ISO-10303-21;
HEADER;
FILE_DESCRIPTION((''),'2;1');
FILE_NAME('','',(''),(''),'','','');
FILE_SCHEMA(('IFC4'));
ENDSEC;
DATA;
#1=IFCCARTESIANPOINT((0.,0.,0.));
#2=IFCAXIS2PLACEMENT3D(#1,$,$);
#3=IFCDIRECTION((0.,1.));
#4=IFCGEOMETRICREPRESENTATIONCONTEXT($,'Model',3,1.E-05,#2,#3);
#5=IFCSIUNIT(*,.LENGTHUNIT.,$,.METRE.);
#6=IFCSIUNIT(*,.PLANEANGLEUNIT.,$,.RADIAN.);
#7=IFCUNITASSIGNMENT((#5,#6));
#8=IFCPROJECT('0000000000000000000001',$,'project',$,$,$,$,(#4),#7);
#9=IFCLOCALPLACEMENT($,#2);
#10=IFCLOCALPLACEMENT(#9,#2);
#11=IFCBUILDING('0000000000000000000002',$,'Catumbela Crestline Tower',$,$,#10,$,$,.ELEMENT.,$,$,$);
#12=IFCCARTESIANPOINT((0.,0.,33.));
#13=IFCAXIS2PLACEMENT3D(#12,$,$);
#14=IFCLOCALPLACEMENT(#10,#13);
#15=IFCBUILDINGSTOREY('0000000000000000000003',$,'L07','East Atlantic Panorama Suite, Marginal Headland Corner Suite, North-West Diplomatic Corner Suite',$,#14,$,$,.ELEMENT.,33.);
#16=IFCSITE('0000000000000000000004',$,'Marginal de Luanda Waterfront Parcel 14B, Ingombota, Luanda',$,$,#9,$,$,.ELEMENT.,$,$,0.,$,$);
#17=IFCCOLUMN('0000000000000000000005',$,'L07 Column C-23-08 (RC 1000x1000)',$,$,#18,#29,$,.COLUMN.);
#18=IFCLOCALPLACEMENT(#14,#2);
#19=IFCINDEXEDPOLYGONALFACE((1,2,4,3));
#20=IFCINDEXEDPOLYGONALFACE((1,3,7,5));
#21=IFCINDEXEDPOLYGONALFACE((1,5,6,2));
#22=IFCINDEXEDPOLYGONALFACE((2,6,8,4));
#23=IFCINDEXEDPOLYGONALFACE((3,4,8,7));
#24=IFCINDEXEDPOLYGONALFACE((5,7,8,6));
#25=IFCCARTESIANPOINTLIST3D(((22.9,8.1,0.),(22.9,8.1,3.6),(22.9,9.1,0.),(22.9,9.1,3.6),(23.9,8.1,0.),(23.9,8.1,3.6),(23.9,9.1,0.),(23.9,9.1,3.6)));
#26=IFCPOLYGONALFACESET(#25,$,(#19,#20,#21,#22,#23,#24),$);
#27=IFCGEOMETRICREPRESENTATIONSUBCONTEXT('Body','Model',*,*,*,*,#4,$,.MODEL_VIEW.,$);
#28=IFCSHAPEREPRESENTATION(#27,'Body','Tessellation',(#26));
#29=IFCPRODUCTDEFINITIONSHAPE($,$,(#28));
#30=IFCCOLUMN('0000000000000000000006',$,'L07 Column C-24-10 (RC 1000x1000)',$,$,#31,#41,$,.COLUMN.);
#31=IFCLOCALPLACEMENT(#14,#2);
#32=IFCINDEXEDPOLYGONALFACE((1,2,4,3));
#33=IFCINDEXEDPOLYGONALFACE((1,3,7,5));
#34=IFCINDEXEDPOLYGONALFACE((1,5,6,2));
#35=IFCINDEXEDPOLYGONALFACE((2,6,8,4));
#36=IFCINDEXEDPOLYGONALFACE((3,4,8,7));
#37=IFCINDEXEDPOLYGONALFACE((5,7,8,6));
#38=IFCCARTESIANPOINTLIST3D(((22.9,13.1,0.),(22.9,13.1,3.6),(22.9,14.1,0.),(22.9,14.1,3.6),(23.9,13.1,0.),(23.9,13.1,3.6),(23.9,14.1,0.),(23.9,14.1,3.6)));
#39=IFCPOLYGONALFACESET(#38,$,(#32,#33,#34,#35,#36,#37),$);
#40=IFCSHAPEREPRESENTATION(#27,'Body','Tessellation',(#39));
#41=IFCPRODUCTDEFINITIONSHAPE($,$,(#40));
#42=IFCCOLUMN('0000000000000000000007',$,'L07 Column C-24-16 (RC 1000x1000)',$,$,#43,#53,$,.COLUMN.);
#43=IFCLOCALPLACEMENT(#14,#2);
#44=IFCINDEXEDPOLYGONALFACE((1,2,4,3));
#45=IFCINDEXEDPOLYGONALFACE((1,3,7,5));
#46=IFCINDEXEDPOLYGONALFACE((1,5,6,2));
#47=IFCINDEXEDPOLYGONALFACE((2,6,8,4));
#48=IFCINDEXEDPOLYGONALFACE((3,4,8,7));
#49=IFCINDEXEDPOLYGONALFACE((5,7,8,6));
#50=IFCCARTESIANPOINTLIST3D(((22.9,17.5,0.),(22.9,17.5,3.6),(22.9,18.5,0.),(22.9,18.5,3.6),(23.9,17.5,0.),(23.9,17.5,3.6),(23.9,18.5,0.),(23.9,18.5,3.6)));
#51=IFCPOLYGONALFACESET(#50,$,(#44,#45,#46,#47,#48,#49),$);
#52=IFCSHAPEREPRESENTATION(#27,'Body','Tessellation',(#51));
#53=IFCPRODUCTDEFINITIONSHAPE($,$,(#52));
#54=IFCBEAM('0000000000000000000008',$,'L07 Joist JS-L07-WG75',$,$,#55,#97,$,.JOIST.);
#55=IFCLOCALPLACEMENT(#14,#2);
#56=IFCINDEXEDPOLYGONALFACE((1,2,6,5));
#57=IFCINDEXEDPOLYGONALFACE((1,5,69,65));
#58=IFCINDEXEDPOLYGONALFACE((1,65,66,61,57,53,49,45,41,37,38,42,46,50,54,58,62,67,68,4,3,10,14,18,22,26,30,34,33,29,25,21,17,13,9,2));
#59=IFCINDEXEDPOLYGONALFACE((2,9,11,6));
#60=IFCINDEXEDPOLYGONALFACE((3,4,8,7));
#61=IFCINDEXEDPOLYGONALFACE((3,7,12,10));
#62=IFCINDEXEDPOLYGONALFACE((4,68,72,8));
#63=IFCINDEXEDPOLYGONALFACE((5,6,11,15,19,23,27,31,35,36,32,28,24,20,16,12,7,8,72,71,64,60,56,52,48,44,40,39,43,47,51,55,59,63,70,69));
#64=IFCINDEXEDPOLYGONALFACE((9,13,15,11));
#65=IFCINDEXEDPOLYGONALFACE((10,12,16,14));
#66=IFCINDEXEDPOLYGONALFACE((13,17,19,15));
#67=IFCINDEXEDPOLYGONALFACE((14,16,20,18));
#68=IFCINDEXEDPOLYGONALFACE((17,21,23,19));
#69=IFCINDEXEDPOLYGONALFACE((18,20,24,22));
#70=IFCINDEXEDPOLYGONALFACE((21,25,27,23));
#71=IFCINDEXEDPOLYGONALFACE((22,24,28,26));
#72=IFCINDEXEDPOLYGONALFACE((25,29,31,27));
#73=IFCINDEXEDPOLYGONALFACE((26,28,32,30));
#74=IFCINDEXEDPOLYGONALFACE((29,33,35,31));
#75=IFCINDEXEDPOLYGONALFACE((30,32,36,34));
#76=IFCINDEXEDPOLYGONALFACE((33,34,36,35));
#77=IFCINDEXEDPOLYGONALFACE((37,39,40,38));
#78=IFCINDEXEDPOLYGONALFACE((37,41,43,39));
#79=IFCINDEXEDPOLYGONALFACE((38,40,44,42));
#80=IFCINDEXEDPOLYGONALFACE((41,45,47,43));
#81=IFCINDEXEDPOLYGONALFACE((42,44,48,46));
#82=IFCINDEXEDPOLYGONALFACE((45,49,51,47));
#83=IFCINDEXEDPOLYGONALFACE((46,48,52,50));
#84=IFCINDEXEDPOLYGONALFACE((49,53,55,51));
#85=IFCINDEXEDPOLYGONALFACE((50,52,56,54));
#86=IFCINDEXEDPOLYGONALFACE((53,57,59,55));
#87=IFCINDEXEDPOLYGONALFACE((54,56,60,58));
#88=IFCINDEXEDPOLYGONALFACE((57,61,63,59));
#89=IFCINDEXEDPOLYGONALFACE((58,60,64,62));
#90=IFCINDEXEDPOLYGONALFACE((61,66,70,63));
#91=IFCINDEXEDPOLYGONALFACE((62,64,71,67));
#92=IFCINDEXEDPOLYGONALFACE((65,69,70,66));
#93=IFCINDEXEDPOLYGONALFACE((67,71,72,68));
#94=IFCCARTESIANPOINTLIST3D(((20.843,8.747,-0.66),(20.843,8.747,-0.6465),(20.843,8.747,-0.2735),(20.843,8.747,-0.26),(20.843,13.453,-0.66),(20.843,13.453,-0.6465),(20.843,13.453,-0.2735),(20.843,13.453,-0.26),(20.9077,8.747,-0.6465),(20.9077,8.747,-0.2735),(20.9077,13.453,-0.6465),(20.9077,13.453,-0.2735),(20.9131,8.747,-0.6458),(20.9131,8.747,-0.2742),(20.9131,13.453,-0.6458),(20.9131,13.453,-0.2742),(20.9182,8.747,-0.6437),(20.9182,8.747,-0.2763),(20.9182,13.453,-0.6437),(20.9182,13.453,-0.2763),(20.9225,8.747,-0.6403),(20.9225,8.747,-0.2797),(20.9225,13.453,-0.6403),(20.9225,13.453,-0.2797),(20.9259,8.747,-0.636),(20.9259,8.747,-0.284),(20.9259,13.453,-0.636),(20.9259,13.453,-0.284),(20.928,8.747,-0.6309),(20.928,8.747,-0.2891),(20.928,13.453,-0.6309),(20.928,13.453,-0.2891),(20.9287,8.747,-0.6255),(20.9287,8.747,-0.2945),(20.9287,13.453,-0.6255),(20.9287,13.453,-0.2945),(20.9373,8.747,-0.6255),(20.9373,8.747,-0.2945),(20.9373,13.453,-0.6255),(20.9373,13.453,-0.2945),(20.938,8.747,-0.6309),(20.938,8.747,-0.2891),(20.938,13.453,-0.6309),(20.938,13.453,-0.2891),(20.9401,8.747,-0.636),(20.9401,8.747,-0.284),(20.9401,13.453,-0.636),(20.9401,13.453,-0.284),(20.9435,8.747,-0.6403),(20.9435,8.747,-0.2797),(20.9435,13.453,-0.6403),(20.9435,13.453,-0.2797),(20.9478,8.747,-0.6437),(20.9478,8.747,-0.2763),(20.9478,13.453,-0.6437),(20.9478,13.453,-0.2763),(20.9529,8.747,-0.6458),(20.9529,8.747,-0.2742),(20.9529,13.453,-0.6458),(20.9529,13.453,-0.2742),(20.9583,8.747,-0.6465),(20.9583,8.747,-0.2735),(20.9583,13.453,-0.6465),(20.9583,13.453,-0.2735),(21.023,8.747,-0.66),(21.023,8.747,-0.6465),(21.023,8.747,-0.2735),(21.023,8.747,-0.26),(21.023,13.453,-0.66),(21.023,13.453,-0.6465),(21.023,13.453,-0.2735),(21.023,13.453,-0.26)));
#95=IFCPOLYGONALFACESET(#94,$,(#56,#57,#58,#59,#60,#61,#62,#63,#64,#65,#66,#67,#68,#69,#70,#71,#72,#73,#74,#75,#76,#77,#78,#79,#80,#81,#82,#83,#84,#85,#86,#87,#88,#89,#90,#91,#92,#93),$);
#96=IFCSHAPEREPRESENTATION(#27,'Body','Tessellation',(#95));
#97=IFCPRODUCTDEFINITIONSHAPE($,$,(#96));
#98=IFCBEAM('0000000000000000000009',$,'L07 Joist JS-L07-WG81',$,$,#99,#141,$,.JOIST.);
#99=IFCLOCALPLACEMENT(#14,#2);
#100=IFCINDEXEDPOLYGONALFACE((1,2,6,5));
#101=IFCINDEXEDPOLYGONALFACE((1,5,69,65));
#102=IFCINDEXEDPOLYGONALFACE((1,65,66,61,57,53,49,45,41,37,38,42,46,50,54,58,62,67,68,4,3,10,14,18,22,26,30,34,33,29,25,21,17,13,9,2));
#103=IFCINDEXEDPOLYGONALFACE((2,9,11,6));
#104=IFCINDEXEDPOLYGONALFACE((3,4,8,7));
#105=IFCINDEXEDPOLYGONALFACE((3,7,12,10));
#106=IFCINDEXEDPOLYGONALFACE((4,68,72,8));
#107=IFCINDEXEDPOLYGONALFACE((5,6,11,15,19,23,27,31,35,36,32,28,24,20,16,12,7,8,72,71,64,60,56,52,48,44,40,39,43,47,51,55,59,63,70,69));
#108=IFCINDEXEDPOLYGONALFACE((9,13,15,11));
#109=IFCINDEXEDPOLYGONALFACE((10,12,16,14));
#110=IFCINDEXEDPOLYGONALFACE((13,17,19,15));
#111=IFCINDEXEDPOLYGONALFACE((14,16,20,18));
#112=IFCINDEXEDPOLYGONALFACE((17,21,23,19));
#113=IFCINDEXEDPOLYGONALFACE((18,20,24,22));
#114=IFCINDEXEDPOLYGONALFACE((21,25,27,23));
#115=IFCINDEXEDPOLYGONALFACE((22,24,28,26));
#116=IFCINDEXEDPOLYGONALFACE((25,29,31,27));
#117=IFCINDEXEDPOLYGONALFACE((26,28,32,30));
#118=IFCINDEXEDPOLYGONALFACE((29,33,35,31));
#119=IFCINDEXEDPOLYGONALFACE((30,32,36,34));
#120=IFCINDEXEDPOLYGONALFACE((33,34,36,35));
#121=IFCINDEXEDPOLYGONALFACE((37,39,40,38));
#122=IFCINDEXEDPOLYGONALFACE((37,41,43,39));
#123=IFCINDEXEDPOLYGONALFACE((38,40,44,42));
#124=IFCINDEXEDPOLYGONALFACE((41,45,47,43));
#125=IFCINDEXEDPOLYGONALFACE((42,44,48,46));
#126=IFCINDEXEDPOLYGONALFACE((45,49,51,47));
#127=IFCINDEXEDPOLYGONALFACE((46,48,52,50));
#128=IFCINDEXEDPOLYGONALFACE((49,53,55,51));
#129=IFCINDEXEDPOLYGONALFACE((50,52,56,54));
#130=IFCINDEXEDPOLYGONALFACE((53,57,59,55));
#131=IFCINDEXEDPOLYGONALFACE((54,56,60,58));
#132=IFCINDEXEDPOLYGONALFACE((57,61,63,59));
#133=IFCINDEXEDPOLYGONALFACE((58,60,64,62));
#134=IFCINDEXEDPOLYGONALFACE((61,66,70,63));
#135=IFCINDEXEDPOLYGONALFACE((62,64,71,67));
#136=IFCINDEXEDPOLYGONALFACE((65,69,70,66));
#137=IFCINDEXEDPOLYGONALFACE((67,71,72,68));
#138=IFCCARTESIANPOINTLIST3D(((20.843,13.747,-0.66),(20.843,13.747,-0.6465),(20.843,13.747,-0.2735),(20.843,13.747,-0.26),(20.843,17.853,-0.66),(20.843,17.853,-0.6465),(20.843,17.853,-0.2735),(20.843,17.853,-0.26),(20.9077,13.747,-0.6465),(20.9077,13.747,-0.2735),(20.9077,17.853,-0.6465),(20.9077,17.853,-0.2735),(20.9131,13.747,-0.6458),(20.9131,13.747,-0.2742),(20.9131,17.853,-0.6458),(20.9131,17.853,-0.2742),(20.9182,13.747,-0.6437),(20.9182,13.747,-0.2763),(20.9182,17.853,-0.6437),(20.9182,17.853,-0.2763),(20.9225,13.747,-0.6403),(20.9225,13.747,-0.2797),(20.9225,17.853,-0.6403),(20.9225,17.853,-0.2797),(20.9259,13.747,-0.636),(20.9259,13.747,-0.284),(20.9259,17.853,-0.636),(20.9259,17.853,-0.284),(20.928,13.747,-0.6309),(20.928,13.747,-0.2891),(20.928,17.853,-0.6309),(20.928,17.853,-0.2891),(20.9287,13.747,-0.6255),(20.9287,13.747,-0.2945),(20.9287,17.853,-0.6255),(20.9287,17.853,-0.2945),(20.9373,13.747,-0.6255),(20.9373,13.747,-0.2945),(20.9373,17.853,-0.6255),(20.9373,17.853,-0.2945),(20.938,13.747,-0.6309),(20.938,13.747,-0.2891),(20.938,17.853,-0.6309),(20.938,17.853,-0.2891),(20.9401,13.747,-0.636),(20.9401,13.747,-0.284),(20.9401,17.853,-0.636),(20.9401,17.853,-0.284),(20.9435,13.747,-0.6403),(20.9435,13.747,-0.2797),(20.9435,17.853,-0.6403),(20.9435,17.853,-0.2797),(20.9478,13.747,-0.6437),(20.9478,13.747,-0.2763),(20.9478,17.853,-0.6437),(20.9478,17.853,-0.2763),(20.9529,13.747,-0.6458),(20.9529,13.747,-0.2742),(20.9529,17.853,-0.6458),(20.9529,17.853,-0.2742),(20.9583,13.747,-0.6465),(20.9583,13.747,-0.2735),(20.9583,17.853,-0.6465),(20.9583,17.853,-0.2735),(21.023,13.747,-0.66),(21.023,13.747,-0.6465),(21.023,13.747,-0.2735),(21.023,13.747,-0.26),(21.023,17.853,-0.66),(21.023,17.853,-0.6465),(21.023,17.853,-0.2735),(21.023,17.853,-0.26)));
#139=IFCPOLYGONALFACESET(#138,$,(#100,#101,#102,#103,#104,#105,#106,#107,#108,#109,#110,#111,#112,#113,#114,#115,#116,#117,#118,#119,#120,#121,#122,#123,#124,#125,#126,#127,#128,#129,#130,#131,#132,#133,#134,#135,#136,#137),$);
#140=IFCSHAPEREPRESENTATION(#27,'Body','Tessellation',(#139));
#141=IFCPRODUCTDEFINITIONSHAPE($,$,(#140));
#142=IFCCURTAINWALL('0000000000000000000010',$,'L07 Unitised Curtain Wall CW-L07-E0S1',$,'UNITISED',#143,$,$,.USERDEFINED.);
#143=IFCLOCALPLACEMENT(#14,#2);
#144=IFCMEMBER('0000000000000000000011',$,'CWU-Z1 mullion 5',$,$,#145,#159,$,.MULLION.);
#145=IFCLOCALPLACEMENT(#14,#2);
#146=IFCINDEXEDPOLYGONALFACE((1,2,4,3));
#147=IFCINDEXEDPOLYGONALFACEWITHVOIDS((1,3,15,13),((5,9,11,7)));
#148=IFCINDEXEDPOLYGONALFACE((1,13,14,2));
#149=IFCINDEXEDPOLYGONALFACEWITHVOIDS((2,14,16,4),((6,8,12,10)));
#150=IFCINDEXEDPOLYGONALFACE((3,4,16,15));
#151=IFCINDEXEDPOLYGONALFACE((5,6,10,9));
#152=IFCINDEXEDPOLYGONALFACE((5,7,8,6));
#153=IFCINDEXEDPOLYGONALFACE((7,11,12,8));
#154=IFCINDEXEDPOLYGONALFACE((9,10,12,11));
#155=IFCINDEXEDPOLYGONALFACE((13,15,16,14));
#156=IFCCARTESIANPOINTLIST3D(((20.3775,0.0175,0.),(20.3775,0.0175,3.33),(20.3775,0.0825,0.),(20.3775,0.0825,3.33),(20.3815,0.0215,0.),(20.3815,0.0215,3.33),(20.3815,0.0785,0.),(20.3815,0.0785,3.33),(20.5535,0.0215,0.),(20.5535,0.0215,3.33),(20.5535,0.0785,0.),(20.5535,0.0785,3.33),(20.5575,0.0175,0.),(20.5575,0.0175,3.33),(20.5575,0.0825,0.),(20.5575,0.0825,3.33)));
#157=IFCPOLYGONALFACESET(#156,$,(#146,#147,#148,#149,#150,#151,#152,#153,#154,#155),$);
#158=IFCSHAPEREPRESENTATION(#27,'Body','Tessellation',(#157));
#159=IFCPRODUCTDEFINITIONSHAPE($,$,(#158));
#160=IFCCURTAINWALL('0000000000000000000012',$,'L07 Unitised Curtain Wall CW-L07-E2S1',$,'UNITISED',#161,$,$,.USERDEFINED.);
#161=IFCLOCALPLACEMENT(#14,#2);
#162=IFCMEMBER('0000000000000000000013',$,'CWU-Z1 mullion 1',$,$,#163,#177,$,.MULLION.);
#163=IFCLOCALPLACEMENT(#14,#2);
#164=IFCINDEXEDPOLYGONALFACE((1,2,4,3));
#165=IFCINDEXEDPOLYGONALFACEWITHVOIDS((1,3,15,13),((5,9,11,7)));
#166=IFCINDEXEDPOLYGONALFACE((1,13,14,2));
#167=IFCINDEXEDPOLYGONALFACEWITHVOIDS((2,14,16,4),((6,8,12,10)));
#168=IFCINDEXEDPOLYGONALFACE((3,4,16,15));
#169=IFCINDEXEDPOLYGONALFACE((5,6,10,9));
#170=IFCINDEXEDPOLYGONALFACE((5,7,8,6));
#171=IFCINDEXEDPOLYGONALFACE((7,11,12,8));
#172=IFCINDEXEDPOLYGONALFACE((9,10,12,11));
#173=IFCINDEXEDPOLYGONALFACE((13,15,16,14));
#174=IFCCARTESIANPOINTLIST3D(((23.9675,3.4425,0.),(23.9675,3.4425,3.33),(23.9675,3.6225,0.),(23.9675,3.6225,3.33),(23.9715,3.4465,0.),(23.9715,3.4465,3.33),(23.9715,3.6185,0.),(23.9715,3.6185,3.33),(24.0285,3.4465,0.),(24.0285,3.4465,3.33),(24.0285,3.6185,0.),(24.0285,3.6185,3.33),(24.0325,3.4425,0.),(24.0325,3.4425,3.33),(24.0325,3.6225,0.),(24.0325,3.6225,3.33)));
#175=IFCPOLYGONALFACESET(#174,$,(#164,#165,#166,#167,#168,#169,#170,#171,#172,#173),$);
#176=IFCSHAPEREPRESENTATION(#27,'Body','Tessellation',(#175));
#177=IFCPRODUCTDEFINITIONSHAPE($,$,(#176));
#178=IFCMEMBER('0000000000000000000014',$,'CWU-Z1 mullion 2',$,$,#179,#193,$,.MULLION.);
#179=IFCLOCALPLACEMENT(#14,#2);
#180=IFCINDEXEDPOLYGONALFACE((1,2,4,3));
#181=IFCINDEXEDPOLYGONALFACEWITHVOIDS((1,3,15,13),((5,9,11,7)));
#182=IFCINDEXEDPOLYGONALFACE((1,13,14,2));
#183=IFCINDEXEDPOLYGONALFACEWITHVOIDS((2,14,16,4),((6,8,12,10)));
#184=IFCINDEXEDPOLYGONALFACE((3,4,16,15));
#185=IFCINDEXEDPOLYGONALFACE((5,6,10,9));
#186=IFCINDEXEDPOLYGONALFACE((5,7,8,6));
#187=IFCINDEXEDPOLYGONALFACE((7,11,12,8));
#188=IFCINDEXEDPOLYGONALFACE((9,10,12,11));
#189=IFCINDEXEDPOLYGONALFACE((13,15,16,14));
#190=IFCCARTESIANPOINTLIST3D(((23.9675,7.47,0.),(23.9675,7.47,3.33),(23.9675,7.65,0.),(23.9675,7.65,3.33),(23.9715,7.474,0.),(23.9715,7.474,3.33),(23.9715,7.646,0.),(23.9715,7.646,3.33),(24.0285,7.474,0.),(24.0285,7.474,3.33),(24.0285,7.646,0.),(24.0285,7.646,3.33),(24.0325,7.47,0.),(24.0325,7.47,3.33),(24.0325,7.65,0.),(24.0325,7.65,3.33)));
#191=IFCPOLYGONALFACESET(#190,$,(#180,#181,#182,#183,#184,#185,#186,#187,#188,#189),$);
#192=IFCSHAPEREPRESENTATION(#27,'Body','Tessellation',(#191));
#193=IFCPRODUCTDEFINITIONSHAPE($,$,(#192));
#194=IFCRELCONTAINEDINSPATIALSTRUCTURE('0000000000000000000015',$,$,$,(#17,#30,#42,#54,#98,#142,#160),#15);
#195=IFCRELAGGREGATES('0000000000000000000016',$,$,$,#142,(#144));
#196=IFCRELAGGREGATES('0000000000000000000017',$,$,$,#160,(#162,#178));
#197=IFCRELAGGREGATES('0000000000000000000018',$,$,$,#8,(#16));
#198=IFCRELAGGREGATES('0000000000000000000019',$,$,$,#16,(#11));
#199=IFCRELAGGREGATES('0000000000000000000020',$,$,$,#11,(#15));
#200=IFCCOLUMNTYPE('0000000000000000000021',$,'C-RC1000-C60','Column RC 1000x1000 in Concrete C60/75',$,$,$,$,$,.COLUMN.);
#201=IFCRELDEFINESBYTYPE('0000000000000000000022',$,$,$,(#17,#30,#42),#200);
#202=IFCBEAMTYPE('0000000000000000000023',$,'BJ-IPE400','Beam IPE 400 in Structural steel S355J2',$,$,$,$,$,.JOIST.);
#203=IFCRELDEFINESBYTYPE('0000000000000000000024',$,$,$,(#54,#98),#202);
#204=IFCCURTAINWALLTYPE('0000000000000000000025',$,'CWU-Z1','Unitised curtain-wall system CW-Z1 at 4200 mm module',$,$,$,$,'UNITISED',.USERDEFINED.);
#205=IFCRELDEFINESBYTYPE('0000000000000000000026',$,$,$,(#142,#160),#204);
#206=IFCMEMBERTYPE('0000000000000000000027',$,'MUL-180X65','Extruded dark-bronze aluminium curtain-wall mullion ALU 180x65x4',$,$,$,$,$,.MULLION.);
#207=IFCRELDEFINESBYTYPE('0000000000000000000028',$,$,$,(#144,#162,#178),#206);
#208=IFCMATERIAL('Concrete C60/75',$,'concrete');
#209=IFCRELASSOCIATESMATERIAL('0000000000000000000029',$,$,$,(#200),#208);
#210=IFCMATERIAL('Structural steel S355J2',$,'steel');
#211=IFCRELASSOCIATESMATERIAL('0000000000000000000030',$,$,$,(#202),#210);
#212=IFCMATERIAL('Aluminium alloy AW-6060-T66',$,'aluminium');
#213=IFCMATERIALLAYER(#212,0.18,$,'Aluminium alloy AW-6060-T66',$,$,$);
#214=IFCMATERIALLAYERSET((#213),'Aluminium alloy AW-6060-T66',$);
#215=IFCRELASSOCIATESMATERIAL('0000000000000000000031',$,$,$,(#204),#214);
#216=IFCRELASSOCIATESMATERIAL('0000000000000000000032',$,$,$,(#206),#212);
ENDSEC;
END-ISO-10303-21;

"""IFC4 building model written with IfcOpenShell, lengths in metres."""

from ifc_helpers import new_model, si_unit, direction, frame, origin, origin_2d, place, context, subcontext, project, spatial, rectangle, hollow_rectangle, i_section, extrude, material, layer, layer_set, material_profile, profile_set, type_object, element, aggregate, save


model = new_model("IFC4")

# Units and contexts
model_context = context("Model", 3, precision=1e-05, world=origin(), true_north=direction((0.0, 1.0)))
body_context = subcontext(model_context, "Body", "Model", "MODEL_VIEW")
ifc_project = project(units=[si_unit("LENGTHUNIT", "METRE"), si_unit("PLANEANGLEUNIT", "RADIAN")], contexts=[model_context])

# Site, building, storey
site_placement = place(None, origin())
site = spatial("IfcSite", under=ifc_project, at=site_placement, Name="Marginal de Luanda Waterfront Parcel 14B, Ingombota, Luanda", CompositionType="ELEMENT", RefElevation=0.0)
building_placement = place(site_placement, origin())
building = spatial("IfcBuilding", under=site, at=building_placement, Name="Catumbela Crestline Tower", CompositionType="ELEMENT")
storey_placement = place(building_placement, frame((0.0, 0.0, 33.0)))
storey = spatial("IfcBuildingStorey", under=building, at=storey_placement, Name="L07", Description="East Atlantic Panorama Suite, Marginal Headland Corner Suite, North-West Diplomatic Corner Suite", CompositionType="ELEMENT", Elevation=33.0)

# Columns
ifc_material_1 = material(Name="Concrete C60/75", Category="concrete")
ifc_material_profile_1 = material_profile(ifc_material_1, rectangle(XDim=1.0, YDim=1.0, at=origin_2d()), Name="RC 1000x1000")
ifc_profile_set_1 = profile_set([ifc_material_profile_1], Name="Concrete C60/75")
column_type = type_object("IfcColumnType", Name="C-RC1000-C60", Description="Column RC 1000x1000 in Concrete C60/75", PredefinedType="COLUMN", material=ifc_profile_set_1)
for number, where, z_axis, x_axis, name in (
    (1, (23.4, 8.6, 0.0), (0.0, 0.0, 1.0), (1.0, 0.0, 0.0), "L07 Column C-23-08 (RC 1000x1000)"),
    (2, (23.4, 13.6, 0.0), (0.0, 0.0, 1.0), (1.0, 0.0, 0.0), "L07 Column C-24-10 (RC 1000x1000)"),
    (3, (23.4, 18.0, 0.0), (0.0, 0.0, 1.0), (1.0, 0.0, 0.0), "L07 Column C-24-16 (RC 1000x1000)"),
):
    element("IfcColumn", number, at=place(storey_placement, frame(where, z_axis=z_axis, x_axis=x_axis)), inside=storey, type_object=column_type, Name=name, PredefinedType="COLUMN", context=body_context, shape_type="SweptSolid", body=[
        extrude(rectangle(XDim=1.0, YDim=1.0, at=origin_2d()), origin(), (0.0, 0.0, 1.0), 3.6),
    ])

# Beams
ifc_material_2 = material(Name="Structural steel S355J2", Category="steel")
ifc_material_profile_2 = material_profile(ifc_material_2, i_section(OverallWidth=0.18, OverallDepth=0.4, WebThickness=0.0086, FlangeThickness=0.0135, FilletRadius=0.021, at=origin_2d()), Name="IPE 400")
ifc_profile_set_2 = profile_set([ifc_material_profile_2], Name="Structural steel S355J2")
beam_type_1 = type_object("IfcBeamType", Name="BJ-IPE400", Description="Beam IPE 400 in Structural steel S355J2", PredefinedType="JOIST", material=ifc_profile_set_2)
beam_1_placement = place(storey_placement, frame((20.933, 8.747, -0.46), z_axis=(0.0, 1.0, 0.0), x_axis=(-1.0, 0.0, 0.0)))
element("IfcBeam", 4, at=beam_1_placement, inside=storey, type_object=beam_type_1, Name="L07 Joist JS-L07-WG75", PredefinedType="JOIST", context=body_context, shape_type="SweptSolid", body=[
    extrude(i_section(OverallWidth=0.18, OverallDepth=0.4, WebThickness=0.0086, FlangeThickness=0.0135, FilletRadius=0.021, at=origin_2d()), origin(), (0.0, 0.0, 1.0), 4.706),
])
beam_2_placement = place(storey_placement, frame((20.933, 13.747, -0.46), z_axis=(0.0, 1.0, 0.0), x_axis=(-1.0, 0.0, 0.0)))
element("IfcBeam", 5, at=beam_2_placement, inside=storey, type_object=beam_type_1, Name="L07 Joist JS-L07-WG81", PredefinedType="JOIST", context=body_context, shape_type="SweptSolid", body=[
    extrude(i_section(OverallWidth=0.18, OverallDepth=0.4, WebThickness=0.0086, FlangeThickness=0.0135, FilletRadius=0.021, at=origin_2d()), origin(), (0.0, 0.0, 1.0), 4.106),
])

# Curtain wall, member
ifc_material_3 = material(Name="Aluminium alloy AW-6060-T66", Category="aluminium")
ifc_layer_1 = layer(ifc_material_3, 0.18, Name="Aluminium alloy AW-6060-T66")
ifc_layer_set_1 = layer_set([ifc_layer_1], Name="Aluminium alloy AW-6060-T66")
curtain_wall_type = type_object("IfcCurtainWallType", Name="CWU-Z1", Description="Unitised curtain-wall system CW-Z1 at 4200 mm module", ElementType="UNITISED", PredefinedType="USERDEFINED", material=ifc_layer_set_1)
curtain_wall_1_placement = place(storey_placement, origin())
curtain_wall_1 = element("IfcCurtainWall", 6, at=curtain_wall_1_placement, inside=storey, type_object=curtain_wall_type, Name="L07 Unitised Curtain Wall CW-L07-E0S1", ObjectType="UNITISED", PredefinedType="USERDEFINED")
ifc_material_profile_3 = material_profile(ifc_material_3, hollow_rectangle(XDim=0.065, YDim=0.18, WallThickness=0.004, at=origin_2d()), Name="ALU 180x65x4")
ifc_profile_set_3 = profile_set([ifc_material_profile_3], Name="Aluminium alloy AW-6060-T66")
member_type_1 = type_object("IfcMemberType", Name="MUL-180X65", Description="Extruded dark-bronze aluminium curtain-wall mullion ALU 180x65x4", PredefinedType="MULLION", material=ifc_profile_set_3)
member_1_placement = place(storey_placement, frame((20.4675, 0.05, 0.0), z_axis=(0.0, 0.0, 1.0), x_axis=(0.0, 1.0, 0.0)))
member_1 = element("IfcMember", 7, at=member_1_placement, type_object=member_type_1, Name="CWU-Z1 mullion 5", PredefinedType="MULLION", context=body_context, shape_type="SweptSolid", body=[
    extrude(hollow_rectangle(XDim=0.065, YDim=0.18, WallThickness=0.004, at=origin_2d()), origin(), (0.0, 0.0, 1.0), 3.33),
])
aggregate(curtain_wall_1, [member_1])

# Curtain wall, members
curtain_wall_2_placement = place(storey_placement, origin())
curtain_wall_2 = element("IfcCurtainWall", 8, at=curtain_wall_2_placement, inside=storey, type_object=curtain_wall_type, Name="L07 Unitised Curtain Wall CW-L07-E2S1", ObjectType="UNITISED", PredefinedType="USERDEFINED")
member_2_placement = place(storey_placement, frame((24.0, 3.5325, 0.0), z_axis=(0.0, 0.0, 1.0), x_axis=(-1.0, 0.0, 0.0)))
member_2 = element("IfcMember", 9, at=member_2_placement, type_object=member_type_1, Name="CWU-Z1 mullion 1", PredefinedType="MULLION", context=body_context, shape_type="SweptSolid", body=[
    extrude(hollow_rectangle(XDim=0.065, YDim=0.18, WallThickness=0.004, at=origin_2d()), origin(), (0.0, 0.0, 1.0), 3.33),
])
member_3_placement = place(storey_placement, frame((24.0, 7.56, 0.0), z_axis=(0.0, 0.0, 1.0), x_axis=(-1.0, 0.0, 0.0)))
member_3 = element("IfcMember", 10, at=member_3_placement, type_object=member_type_1, Name="CWU-Z1 mullion 2", PredefinedType="MULLION", context=body_context, shape_type="SweptSolid", body=[
    extrude(hollow_rectangle(XDim=0.065, YDim=0.18, WallThickness=0.004, at=origin_2d()), origin(), (0.0, 0.0, 1.0), 3.33),
])

aggregate(curtain_wall_2, [member_2, member_3])

save(model, "model.ifc")
